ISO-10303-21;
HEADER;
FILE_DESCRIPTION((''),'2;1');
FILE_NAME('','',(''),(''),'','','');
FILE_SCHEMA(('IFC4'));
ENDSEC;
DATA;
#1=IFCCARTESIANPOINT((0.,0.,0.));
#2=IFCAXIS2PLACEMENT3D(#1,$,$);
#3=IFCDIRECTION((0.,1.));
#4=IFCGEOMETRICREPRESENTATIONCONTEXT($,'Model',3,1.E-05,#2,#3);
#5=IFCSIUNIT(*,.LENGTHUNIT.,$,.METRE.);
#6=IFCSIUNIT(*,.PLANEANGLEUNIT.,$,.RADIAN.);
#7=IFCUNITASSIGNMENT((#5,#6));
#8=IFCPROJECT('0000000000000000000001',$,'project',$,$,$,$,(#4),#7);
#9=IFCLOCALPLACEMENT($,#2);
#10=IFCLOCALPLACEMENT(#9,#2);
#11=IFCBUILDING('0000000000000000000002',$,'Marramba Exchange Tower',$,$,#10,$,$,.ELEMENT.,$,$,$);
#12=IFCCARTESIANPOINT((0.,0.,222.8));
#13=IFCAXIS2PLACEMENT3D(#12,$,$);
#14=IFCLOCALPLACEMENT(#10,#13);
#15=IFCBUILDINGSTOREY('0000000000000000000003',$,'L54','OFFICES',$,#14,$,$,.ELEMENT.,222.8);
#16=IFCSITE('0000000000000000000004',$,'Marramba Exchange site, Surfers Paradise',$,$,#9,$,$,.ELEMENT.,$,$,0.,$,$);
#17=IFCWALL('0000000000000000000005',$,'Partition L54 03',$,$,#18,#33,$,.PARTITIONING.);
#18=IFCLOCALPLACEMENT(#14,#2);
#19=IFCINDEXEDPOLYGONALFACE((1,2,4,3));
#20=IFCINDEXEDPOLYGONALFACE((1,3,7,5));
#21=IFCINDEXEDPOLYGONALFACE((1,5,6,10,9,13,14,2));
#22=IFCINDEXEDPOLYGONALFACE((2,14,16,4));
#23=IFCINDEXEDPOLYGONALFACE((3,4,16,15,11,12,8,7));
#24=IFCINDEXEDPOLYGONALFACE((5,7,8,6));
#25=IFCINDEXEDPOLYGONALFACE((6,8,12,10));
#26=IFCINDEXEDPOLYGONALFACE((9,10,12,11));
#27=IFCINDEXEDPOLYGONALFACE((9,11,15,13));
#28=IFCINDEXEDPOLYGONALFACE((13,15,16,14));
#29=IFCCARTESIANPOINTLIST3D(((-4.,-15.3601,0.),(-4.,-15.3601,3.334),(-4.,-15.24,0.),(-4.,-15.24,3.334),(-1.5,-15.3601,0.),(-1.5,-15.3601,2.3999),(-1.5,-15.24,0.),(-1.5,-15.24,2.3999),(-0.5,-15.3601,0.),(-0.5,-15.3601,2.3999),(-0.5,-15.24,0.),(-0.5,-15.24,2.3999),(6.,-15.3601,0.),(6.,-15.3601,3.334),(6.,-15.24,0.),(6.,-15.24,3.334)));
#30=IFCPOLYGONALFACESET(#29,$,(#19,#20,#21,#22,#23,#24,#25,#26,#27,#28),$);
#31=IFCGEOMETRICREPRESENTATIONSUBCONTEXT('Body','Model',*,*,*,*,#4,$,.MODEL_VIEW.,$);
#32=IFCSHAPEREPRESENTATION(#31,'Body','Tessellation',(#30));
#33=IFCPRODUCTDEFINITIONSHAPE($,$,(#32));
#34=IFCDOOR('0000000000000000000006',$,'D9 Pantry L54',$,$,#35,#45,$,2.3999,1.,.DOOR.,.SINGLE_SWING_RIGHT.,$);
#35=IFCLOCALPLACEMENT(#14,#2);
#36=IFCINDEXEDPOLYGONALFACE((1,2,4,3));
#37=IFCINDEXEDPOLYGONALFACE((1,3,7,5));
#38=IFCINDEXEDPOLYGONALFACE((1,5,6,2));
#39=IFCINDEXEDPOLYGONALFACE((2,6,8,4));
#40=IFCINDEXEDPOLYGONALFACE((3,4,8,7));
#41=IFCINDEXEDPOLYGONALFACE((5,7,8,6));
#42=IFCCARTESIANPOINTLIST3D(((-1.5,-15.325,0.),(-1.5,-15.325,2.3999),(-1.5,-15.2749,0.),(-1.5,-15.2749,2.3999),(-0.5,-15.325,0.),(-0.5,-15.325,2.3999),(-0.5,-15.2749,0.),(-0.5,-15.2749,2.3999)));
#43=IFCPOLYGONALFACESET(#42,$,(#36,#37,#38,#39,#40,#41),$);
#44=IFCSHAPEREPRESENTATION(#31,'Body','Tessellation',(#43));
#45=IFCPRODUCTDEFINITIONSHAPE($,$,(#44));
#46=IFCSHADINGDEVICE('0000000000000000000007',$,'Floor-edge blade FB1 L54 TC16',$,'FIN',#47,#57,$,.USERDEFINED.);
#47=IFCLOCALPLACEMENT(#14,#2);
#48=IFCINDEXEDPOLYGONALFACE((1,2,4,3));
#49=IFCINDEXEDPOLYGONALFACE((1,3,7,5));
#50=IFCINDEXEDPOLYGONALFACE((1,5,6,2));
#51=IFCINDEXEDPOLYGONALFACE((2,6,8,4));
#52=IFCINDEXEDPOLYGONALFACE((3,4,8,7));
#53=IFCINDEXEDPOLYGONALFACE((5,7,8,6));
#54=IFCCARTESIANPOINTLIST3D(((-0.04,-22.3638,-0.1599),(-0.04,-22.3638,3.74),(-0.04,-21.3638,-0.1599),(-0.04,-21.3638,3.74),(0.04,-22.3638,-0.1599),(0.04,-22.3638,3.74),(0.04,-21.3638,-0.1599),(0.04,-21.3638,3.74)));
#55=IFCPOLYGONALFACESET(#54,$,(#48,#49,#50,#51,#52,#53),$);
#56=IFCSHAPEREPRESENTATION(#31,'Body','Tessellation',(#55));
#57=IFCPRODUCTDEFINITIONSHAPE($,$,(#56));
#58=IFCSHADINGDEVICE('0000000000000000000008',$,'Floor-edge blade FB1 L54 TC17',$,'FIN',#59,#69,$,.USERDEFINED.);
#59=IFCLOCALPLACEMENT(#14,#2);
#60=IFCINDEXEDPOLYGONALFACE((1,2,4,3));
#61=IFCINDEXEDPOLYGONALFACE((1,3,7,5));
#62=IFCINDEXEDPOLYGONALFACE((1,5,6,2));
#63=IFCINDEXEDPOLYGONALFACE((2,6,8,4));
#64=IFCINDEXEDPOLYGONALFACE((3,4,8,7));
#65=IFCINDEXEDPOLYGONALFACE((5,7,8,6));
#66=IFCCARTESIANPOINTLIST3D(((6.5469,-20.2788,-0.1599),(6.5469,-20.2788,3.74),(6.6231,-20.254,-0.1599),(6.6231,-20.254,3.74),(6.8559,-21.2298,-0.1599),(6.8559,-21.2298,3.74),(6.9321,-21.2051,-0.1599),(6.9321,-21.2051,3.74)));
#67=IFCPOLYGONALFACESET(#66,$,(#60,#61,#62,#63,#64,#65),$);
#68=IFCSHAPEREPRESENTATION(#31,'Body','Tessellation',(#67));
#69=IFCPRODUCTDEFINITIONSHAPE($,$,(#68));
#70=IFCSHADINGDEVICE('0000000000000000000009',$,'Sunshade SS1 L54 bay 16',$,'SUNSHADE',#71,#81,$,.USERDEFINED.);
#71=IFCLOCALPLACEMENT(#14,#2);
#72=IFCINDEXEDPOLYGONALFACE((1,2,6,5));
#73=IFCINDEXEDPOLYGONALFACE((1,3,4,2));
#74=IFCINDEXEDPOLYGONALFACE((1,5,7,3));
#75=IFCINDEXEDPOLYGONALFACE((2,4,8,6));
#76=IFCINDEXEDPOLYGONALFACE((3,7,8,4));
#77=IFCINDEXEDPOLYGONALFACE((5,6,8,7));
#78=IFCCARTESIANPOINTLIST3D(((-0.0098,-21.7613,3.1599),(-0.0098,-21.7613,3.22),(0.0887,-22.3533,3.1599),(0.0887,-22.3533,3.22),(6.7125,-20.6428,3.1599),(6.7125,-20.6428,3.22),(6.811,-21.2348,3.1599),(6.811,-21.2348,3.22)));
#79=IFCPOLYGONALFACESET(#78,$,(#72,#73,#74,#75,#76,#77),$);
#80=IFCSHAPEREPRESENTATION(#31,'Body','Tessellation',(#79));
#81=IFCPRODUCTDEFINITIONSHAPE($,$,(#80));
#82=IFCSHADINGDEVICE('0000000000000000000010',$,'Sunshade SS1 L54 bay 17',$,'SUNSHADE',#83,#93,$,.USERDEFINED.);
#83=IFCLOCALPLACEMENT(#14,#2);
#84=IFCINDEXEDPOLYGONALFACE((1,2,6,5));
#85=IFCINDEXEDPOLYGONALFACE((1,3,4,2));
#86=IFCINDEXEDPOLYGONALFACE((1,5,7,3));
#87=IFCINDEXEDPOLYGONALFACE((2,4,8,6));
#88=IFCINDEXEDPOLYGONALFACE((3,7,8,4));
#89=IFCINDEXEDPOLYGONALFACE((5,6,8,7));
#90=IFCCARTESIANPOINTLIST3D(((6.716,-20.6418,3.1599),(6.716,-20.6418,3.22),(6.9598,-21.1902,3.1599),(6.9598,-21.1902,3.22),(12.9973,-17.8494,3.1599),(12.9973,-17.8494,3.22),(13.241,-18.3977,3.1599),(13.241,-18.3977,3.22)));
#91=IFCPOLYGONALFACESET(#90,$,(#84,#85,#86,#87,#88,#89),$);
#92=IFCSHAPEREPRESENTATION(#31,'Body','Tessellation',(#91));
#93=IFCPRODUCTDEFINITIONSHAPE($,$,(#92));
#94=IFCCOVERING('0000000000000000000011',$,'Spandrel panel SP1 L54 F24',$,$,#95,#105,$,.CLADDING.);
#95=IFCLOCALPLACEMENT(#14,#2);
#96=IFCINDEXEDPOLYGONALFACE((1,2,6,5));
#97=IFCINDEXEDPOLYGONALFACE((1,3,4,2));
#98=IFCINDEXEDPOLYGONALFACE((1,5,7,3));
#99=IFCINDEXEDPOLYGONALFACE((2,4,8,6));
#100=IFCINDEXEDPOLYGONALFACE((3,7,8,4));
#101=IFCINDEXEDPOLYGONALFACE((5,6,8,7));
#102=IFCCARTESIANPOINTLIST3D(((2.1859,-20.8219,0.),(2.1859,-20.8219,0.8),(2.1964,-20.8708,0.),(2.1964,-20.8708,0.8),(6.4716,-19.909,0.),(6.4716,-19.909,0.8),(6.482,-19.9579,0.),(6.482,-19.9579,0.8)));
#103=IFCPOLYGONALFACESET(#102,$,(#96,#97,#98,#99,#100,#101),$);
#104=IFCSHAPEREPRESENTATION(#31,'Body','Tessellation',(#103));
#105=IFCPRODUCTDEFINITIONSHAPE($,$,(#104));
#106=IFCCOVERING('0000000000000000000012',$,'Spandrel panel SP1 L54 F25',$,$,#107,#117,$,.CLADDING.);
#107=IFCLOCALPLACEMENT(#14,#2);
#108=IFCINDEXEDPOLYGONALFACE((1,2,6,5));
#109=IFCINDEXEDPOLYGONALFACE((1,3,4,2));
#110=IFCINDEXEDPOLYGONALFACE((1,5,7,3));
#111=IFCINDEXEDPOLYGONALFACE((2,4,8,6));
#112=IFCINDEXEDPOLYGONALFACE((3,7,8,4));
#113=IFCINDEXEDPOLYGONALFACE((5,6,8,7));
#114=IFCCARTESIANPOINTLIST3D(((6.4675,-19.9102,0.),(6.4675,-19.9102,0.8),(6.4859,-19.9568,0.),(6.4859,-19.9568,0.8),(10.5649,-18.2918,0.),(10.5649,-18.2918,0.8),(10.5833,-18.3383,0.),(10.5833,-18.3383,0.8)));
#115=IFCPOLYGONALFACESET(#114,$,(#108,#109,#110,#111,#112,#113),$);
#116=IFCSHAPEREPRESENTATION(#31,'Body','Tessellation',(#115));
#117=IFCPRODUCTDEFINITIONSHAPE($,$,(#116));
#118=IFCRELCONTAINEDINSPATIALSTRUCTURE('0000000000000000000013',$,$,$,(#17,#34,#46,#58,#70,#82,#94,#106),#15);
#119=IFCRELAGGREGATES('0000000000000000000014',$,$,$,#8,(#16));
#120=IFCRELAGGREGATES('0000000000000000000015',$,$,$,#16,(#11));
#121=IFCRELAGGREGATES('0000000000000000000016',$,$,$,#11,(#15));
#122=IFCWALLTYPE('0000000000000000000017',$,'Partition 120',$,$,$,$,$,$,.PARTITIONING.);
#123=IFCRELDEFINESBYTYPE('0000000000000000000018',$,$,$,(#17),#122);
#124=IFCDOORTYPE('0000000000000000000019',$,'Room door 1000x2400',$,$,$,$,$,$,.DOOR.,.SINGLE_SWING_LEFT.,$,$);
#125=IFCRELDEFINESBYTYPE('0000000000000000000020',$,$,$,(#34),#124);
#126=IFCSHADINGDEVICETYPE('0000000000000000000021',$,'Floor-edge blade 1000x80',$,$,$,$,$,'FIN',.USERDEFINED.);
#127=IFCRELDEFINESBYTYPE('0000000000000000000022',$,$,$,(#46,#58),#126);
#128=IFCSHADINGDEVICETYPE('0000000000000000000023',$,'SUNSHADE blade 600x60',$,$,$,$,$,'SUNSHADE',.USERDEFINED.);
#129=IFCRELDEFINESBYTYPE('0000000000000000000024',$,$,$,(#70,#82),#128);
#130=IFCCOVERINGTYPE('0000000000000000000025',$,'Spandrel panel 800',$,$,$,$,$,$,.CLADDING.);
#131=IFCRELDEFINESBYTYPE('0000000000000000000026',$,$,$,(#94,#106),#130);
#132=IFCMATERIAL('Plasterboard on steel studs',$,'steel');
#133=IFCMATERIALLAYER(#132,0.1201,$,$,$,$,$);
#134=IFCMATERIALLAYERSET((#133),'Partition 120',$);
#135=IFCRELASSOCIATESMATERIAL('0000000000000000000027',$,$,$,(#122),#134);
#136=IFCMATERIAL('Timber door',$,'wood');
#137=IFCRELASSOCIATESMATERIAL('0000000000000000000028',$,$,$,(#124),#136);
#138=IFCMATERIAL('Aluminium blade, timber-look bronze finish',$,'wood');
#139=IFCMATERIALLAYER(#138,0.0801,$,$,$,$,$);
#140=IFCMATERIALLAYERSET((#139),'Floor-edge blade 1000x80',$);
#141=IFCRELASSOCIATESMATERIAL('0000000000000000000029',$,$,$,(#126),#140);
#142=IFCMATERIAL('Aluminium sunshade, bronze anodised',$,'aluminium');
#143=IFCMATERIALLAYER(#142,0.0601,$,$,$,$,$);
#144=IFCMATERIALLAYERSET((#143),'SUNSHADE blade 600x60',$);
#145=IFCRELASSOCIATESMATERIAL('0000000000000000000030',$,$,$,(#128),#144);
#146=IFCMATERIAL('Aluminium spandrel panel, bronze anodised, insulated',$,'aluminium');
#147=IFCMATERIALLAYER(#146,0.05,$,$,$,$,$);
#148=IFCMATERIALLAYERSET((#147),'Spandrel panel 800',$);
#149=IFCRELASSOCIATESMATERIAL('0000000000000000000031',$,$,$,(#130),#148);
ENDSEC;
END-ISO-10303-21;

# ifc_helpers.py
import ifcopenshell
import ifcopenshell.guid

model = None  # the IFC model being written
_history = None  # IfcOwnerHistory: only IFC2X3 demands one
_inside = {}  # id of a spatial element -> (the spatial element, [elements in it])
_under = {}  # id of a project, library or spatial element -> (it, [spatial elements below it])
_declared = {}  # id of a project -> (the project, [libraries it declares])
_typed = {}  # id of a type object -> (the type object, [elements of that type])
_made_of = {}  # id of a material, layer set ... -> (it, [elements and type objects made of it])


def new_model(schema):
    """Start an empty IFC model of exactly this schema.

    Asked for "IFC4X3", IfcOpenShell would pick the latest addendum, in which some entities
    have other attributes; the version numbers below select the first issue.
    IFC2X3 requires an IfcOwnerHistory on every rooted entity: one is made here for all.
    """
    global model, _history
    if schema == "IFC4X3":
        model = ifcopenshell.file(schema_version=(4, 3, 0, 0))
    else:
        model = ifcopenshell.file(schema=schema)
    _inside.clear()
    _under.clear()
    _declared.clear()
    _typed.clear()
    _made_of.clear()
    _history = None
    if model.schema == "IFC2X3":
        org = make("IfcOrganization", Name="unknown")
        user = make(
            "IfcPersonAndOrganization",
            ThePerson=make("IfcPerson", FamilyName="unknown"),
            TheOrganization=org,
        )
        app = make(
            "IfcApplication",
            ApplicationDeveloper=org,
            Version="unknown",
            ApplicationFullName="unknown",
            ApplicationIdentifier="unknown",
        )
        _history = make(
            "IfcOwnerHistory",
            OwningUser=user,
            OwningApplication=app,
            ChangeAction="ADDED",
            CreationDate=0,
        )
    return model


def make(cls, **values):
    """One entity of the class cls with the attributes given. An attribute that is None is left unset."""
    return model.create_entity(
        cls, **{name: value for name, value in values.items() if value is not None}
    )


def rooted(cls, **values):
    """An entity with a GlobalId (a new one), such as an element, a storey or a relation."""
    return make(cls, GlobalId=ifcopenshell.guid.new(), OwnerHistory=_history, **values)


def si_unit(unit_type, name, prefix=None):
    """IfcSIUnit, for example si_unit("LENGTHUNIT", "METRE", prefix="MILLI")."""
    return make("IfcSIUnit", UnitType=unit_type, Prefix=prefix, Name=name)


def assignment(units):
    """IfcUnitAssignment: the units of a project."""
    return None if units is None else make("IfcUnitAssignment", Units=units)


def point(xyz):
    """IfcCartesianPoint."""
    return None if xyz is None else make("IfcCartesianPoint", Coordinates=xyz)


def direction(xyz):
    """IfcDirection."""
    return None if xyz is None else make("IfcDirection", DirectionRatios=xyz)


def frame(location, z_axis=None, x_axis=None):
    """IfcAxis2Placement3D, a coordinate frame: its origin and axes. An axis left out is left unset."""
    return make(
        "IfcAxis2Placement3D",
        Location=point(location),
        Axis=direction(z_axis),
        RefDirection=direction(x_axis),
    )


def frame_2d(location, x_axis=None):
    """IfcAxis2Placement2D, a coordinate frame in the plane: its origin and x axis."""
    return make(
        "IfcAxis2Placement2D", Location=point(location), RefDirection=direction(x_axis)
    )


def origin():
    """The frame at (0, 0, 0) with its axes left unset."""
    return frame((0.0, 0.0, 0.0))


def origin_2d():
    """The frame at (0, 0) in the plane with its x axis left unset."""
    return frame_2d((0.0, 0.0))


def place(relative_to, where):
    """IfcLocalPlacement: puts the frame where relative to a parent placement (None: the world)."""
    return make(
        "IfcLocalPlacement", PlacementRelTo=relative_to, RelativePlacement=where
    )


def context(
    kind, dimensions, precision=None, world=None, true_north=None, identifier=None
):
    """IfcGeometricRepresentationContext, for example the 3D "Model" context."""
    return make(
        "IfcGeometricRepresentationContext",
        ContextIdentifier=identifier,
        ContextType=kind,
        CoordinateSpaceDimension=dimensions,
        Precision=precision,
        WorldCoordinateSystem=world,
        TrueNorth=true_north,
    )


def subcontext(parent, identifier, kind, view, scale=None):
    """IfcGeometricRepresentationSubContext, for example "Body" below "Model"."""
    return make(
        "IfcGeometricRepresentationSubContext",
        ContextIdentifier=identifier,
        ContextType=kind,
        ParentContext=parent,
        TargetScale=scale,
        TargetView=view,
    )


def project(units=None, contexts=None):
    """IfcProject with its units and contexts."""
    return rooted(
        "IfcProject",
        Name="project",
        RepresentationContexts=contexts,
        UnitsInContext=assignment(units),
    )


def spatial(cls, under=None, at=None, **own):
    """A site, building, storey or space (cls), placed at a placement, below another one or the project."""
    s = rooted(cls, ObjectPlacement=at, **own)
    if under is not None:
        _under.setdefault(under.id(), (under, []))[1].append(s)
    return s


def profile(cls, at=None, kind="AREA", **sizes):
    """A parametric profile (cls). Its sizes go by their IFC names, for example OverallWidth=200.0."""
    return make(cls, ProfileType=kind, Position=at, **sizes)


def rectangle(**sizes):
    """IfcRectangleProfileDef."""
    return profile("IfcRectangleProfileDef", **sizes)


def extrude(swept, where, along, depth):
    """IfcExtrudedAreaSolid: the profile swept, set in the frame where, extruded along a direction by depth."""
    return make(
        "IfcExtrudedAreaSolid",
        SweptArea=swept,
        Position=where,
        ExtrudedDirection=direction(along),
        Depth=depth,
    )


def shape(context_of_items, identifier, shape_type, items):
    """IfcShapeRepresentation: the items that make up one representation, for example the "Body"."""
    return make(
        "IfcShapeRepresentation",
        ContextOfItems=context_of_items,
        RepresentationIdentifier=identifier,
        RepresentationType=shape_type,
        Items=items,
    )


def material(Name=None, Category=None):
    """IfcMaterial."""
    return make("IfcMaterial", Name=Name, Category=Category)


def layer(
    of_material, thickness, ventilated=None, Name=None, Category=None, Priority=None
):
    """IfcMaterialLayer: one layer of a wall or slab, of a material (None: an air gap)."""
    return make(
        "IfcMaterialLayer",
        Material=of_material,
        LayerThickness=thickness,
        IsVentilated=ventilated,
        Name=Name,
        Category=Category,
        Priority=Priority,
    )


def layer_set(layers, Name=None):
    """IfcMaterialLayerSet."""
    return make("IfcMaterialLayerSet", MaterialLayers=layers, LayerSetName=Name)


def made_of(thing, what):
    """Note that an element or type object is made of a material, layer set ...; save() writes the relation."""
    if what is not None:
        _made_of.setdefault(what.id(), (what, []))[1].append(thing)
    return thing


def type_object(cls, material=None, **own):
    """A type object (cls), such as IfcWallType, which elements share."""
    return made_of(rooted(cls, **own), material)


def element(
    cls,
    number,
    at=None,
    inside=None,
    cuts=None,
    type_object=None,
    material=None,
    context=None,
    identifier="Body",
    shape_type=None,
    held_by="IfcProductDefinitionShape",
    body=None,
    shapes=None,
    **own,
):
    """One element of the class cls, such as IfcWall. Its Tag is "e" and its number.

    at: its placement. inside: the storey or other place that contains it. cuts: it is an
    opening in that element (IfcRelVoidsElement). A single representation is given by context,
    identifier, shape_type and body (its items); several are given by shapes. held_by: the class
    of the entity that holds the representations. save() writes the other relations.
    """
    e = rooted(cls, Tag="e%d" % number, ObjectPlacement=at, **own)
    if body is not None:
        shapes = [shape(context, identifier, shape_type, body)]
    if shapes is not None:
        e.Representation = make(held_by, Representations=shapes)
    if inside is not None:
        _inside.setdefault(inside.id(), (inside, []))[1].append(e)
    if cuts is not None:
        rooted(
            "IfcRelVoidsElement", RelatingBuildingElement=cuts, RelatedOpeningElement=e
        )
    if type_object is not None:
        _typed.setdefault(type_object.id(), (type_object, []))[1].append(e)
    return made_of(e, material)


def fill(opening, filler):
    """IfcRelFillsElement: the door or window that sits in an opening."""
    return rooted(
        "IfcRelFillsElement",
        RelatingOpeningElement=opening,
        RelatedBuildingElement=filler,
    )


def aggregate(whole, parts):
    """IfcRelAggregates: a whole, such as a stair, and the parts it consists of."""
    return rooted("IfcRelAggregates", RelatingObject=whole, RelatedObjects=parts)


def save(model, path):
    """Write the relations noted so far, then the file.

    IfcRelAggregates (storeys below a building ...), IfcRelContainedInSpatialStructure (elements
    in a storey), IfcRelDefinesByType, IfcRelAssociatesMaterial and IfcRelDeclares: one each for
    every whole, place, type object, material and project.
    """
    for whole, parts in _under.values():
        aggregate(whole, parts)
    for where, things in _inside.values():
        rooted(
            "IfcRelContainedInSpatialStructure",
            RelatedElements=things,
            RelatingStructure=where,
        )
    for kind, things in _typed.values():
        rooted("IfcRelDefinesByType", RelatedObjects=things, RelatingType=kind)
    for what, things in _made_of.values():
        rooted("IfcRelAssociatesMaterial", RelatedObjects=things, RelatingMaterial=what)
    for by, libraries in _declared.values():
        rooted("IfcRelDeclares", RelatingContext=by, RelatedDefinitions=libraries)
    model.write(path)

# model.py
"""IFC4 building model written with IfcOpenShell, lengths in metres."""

from ifc_helpers import new_model, si_unit, direction, frame, frame_2d, origin, origin_2d, place, context, subcontext, project, spatial, rectangle, extrude, material, layer, layer_set, type_object, element, fill, save


model = new_model("IFC4")

# Units and contexts
model_context = context("Model", 3, precision=1e-05, world=origin(), true_north=direction((0.0, 1.0)))
body_context = subcontext(model_context, "Body", "Model", "MODEL_VIEW")
ifc_project = project(units=[si_unit("LENGTHUNIT", "METRE"), si_unit("PLANEANGLEUNIT", "RADIAN")], contexts=[model_context])

# Site, building, storey
site_placement = place(None, origin())
site = spatial("IfcSite", under=ifc_project, at=site_placement, Name="Marramba Exchange site, Surfers Paradise", CompositionType="ELEMENT", RefElevation=0.0)
building_placement = place(site_placement, origin())
building = spatial("IfcBuilding", under=site, at=building_placement, Name="Marramba Exchange Tower", CompositionType="ELEMENT")
storey_placement = place(building_placement, frame((0.0, 0.0, 222.8)))
storey = spatial("IfcBuildingStorey", under=building, at=storey_placement, Name="L54", Description="OFFICES", CompositionType="ELEMENT", Elevation=222.8)

# Wall, opening, door
ifc_material_1 = material(Name="Plasterboard on steel studs", Category="steel")
ifc_layer_1 = layer(ifc_material_1, 0.1201)
ifc_layer_set_1 = layer_set([ifc_layer_1], Name="Partition 120")
wall_type = type_object("IfcWallType", Name="Partition 120", PredefinedType="PARTITIONING", material=ifc_layer_set_1)
wall_placement = place(storey_placement, frame((6.0, -15.3, 0.0), z_axis=(0.0, 0.0, 1.0), x_axis=(-1.0, 0.0, 0.0)))
wall = element("IfcWall", 1, at=wall_placement, inside=storey, type_object=wall_type, Name="Partition L54 03", PredefinedType="PARTITIONING", context=body_context, shape_type="SweptSolid", body=[
    extrude(rectangle(XDim=10.0, YDim=0.1201, at=frame_2d((5.0, 0.0))), origin(), (0.0, 0.0, 1.0), 3.334),
])
opening_placement = place(wall_placement, frame((6.5, 0.0, 0.0)))
opening = element("IfcOpeningElement", 2, at=opening_placement, cuts=wall, PredefinedType="OPENING", context=body_context, shape_type="SweptSolid", body=[
    extrude(rectangle(XDim=1.0, YDim=2.3999, at=frame_2d((0.5, 1.2))), frame((0.0, 0.0701, 0.0), z_axis=(0.0, -1.0, 0.0), x_axis=(1.0, 0.0, 0.0)), (0.0, 0.0, 1.0), 0.1401),
])
ifc_material_2 = material(Name="Timber door", Category="wood")
door_type = type_object("IfcDoorType", Name="Room door 1000x2400", OperationType="SINGLE_SWING_LEFT", PredefinedType="DOOR", material=ifc_material_2)
door_placement = place(opening_placement, frame((1.0, 0.0, 0.0), z_axis=(0.0, 0.0, 1.0), x_axis=(-1.0, 0.0, 0.0)))
door = element("IfcDoor", 3, at=door_placement, inside=storey, type_object=door_type, Name="D9 Pantry L54", OperationType="SINGLE_SWING_RIGHT", OverallHeight=2.3999, OverallWidth=1.0, PredefinedType="DOOR", context=body_context, shape_type="SweptSolid", body=[
    extrude(rectangle(XDim=1.0, YDim=2.3999, at=frame_2d((0.5, 1.2))), frame((0.0, 0.0251, 0.0), z_axis=(0.0, -1.0, 0.0), x_axis=(1.0, 0.0, 0.0)), (0.0, 0.0, 1.0), 0.05),
])
fill(opening, door)

# Shading devices
ifc_material_3 = material(Name="Aluminium blade, timber-look bronze finish", Category="wood")
ifc_layer_2 = layer(ifc_material_3, 0.0801)
ifc_layer_set_2 = layer_set([ifc_layer_2], Name="Floor-edge blade 1000x80")
shading_device_type_1 = type_object("IfcShadingDeviceType", Name="Floor-edge blade 1000x80", ElementType="FIN", PredefinedType="USERDEFINED", material=ifc_layer_set_2)
for number, where, z_axis, x_axis, name in (
    (4, (0.0, -21.8638, -0.1599), (0.0, 0.0, 1.0), (0.0, -1.0, 0.0), "Floor-edge blade FB1 L54 TC16"),
    (5, (6.7395, -20.7419, -0.1599), (0.0, 0.0, 1.0), (0.309017, -0.951057, 0.0), "Floor-edge blade FB1 L54 TC17"),
):
    element("IfcShadingDevice", number, at=place(storey_placement, frame(where, z_axis=z_axis, x_axis=x_axis)), inside=storey, type_object=shading_device_type_1, Name=name, ObjectType="FIN", PredefinedType="USERDEFINED", context=body_context, shape_type="SweptSolid", body=[
        extrude(rectangle(XDim=1.0, YDim=0.0801, at=origin_2d()), origin(), (0.0, 0.0, 1.0), 3.8999),
    ])
ifc_material_4 = material(Name="Aluminium sunshade, bronze anodised", Category="aluminium")
ifc_layer_3 = layer(ifc_material_4, 0.0601)
ifc_layer_set_3 = layer_set([ifc_layer_3], Name="SUNSHADE blade 600x60")
shading_device_type_2 = type_object("IfcShadingDeviceType", Name="SUNSHADE blade 600x60", ElementType="SUNSHADE", PredefinedType="USERDEFINED", material=ifc_layer_set_3)
shading_device_1_placement = place(storey_placement, frame((3.4006, -21.498, 3.1599), z_axis=(0.0, 0.0, 1.0), x_axis=(0.98644, 0.164125, 0.0)))
element("IfcShadingDevice", 6, at=shading_device_1_placement, inside=storey, type_object=shading_device_type_2, Name="Sunshade SS1 L54 bay 16", ObjectType="SUNSHADE", PredefinedType="USERDEFINED", context=body_context, shape_type="SweptSolid", body=[
    extrude(rectangle(XDim=6.8147, YDim=0.6001, at=origin_2d()), origin(), (0.0, 0.0, 1.0), 0.0601),
])
shading_device_2_placement = place(storey_placement, frame((9.9785, -19.5198, 3.1599), z_axis=(0.0, 0.0, 1.0), x_axis=(0.913772, 0.406228, 0.0)))
element("IfcShadingDevice", 7, at=shading_device_2_placement, inside=storey, type_object=shading_device_type_2, Name="Sunshade SS1 L54 bay 17", ObjectType="SUNSHADE", PredefinedType="USERDEFINED", context=body_context, shape_type="SweptSolid", body=[
    extrude(rectangle(XDim=6.874, YDim=0.6001, at=origin_2d()), origin(), (0.0, 0.0, 1.0), 0.0601),
])

# Coverings
ifc_material_5 = material(Name="Aluminium spandrel panel, bronze anodised, insulated", Category="aluminium")
ifc_layer_4 = layer(ifc_material_5, 0.05)
ifc_layer_set_4 = layer_set([ifc_layer_4], Name="Spandrel panel 800")
covering_type = type_object("IfcCoveringType", Name="Spandrel panel 800", PredefinedType="CLADDING", material=ifc_layer_set_4)
covering_1_placement = place(storey_placement, frame((4.334, -20.3899, 0.0), z_axis=(0.0, 0.0, 1.0), x_axis=(0.978058, 0.208332, 0.0)))
element("IfcCovering", 8, at=covering_1_placement, inside=storey, type_object=covering_type, Name="Spandrel panel SP1 L54 F24", PredefinedType="CLADDING", context=body_context, shape_type="SweptSolid", body=[
    extrude(rectangle(XDim=4.3818, YDim=0.05, at=origin_2d()), origin(), (0.0, 0.0, 1.0), 0.8),
])
covering_2_placement = place(storey_placement, frame((8.5254, -19.1243, 0.0), z_axis=(0.0, 0.0, 1.0), x_axis=(0.930073, 0.367375, 0.0)))
element("IfcCovering", 9, at=covering_2_placement, inside=storey, type_object=covering_type, Name="Spandrel panel SP1 L54 F25", PredefinedType="CLADDING", context=body_context, shape_type="SweptSolid", body=[
    extrude(rectangle(XDim=4.4055, YDim=0.05, at=origin_2d()), origin(), (0.0, 0.0, 1.0), 0.8),
])

save(model, "model.ifc")
